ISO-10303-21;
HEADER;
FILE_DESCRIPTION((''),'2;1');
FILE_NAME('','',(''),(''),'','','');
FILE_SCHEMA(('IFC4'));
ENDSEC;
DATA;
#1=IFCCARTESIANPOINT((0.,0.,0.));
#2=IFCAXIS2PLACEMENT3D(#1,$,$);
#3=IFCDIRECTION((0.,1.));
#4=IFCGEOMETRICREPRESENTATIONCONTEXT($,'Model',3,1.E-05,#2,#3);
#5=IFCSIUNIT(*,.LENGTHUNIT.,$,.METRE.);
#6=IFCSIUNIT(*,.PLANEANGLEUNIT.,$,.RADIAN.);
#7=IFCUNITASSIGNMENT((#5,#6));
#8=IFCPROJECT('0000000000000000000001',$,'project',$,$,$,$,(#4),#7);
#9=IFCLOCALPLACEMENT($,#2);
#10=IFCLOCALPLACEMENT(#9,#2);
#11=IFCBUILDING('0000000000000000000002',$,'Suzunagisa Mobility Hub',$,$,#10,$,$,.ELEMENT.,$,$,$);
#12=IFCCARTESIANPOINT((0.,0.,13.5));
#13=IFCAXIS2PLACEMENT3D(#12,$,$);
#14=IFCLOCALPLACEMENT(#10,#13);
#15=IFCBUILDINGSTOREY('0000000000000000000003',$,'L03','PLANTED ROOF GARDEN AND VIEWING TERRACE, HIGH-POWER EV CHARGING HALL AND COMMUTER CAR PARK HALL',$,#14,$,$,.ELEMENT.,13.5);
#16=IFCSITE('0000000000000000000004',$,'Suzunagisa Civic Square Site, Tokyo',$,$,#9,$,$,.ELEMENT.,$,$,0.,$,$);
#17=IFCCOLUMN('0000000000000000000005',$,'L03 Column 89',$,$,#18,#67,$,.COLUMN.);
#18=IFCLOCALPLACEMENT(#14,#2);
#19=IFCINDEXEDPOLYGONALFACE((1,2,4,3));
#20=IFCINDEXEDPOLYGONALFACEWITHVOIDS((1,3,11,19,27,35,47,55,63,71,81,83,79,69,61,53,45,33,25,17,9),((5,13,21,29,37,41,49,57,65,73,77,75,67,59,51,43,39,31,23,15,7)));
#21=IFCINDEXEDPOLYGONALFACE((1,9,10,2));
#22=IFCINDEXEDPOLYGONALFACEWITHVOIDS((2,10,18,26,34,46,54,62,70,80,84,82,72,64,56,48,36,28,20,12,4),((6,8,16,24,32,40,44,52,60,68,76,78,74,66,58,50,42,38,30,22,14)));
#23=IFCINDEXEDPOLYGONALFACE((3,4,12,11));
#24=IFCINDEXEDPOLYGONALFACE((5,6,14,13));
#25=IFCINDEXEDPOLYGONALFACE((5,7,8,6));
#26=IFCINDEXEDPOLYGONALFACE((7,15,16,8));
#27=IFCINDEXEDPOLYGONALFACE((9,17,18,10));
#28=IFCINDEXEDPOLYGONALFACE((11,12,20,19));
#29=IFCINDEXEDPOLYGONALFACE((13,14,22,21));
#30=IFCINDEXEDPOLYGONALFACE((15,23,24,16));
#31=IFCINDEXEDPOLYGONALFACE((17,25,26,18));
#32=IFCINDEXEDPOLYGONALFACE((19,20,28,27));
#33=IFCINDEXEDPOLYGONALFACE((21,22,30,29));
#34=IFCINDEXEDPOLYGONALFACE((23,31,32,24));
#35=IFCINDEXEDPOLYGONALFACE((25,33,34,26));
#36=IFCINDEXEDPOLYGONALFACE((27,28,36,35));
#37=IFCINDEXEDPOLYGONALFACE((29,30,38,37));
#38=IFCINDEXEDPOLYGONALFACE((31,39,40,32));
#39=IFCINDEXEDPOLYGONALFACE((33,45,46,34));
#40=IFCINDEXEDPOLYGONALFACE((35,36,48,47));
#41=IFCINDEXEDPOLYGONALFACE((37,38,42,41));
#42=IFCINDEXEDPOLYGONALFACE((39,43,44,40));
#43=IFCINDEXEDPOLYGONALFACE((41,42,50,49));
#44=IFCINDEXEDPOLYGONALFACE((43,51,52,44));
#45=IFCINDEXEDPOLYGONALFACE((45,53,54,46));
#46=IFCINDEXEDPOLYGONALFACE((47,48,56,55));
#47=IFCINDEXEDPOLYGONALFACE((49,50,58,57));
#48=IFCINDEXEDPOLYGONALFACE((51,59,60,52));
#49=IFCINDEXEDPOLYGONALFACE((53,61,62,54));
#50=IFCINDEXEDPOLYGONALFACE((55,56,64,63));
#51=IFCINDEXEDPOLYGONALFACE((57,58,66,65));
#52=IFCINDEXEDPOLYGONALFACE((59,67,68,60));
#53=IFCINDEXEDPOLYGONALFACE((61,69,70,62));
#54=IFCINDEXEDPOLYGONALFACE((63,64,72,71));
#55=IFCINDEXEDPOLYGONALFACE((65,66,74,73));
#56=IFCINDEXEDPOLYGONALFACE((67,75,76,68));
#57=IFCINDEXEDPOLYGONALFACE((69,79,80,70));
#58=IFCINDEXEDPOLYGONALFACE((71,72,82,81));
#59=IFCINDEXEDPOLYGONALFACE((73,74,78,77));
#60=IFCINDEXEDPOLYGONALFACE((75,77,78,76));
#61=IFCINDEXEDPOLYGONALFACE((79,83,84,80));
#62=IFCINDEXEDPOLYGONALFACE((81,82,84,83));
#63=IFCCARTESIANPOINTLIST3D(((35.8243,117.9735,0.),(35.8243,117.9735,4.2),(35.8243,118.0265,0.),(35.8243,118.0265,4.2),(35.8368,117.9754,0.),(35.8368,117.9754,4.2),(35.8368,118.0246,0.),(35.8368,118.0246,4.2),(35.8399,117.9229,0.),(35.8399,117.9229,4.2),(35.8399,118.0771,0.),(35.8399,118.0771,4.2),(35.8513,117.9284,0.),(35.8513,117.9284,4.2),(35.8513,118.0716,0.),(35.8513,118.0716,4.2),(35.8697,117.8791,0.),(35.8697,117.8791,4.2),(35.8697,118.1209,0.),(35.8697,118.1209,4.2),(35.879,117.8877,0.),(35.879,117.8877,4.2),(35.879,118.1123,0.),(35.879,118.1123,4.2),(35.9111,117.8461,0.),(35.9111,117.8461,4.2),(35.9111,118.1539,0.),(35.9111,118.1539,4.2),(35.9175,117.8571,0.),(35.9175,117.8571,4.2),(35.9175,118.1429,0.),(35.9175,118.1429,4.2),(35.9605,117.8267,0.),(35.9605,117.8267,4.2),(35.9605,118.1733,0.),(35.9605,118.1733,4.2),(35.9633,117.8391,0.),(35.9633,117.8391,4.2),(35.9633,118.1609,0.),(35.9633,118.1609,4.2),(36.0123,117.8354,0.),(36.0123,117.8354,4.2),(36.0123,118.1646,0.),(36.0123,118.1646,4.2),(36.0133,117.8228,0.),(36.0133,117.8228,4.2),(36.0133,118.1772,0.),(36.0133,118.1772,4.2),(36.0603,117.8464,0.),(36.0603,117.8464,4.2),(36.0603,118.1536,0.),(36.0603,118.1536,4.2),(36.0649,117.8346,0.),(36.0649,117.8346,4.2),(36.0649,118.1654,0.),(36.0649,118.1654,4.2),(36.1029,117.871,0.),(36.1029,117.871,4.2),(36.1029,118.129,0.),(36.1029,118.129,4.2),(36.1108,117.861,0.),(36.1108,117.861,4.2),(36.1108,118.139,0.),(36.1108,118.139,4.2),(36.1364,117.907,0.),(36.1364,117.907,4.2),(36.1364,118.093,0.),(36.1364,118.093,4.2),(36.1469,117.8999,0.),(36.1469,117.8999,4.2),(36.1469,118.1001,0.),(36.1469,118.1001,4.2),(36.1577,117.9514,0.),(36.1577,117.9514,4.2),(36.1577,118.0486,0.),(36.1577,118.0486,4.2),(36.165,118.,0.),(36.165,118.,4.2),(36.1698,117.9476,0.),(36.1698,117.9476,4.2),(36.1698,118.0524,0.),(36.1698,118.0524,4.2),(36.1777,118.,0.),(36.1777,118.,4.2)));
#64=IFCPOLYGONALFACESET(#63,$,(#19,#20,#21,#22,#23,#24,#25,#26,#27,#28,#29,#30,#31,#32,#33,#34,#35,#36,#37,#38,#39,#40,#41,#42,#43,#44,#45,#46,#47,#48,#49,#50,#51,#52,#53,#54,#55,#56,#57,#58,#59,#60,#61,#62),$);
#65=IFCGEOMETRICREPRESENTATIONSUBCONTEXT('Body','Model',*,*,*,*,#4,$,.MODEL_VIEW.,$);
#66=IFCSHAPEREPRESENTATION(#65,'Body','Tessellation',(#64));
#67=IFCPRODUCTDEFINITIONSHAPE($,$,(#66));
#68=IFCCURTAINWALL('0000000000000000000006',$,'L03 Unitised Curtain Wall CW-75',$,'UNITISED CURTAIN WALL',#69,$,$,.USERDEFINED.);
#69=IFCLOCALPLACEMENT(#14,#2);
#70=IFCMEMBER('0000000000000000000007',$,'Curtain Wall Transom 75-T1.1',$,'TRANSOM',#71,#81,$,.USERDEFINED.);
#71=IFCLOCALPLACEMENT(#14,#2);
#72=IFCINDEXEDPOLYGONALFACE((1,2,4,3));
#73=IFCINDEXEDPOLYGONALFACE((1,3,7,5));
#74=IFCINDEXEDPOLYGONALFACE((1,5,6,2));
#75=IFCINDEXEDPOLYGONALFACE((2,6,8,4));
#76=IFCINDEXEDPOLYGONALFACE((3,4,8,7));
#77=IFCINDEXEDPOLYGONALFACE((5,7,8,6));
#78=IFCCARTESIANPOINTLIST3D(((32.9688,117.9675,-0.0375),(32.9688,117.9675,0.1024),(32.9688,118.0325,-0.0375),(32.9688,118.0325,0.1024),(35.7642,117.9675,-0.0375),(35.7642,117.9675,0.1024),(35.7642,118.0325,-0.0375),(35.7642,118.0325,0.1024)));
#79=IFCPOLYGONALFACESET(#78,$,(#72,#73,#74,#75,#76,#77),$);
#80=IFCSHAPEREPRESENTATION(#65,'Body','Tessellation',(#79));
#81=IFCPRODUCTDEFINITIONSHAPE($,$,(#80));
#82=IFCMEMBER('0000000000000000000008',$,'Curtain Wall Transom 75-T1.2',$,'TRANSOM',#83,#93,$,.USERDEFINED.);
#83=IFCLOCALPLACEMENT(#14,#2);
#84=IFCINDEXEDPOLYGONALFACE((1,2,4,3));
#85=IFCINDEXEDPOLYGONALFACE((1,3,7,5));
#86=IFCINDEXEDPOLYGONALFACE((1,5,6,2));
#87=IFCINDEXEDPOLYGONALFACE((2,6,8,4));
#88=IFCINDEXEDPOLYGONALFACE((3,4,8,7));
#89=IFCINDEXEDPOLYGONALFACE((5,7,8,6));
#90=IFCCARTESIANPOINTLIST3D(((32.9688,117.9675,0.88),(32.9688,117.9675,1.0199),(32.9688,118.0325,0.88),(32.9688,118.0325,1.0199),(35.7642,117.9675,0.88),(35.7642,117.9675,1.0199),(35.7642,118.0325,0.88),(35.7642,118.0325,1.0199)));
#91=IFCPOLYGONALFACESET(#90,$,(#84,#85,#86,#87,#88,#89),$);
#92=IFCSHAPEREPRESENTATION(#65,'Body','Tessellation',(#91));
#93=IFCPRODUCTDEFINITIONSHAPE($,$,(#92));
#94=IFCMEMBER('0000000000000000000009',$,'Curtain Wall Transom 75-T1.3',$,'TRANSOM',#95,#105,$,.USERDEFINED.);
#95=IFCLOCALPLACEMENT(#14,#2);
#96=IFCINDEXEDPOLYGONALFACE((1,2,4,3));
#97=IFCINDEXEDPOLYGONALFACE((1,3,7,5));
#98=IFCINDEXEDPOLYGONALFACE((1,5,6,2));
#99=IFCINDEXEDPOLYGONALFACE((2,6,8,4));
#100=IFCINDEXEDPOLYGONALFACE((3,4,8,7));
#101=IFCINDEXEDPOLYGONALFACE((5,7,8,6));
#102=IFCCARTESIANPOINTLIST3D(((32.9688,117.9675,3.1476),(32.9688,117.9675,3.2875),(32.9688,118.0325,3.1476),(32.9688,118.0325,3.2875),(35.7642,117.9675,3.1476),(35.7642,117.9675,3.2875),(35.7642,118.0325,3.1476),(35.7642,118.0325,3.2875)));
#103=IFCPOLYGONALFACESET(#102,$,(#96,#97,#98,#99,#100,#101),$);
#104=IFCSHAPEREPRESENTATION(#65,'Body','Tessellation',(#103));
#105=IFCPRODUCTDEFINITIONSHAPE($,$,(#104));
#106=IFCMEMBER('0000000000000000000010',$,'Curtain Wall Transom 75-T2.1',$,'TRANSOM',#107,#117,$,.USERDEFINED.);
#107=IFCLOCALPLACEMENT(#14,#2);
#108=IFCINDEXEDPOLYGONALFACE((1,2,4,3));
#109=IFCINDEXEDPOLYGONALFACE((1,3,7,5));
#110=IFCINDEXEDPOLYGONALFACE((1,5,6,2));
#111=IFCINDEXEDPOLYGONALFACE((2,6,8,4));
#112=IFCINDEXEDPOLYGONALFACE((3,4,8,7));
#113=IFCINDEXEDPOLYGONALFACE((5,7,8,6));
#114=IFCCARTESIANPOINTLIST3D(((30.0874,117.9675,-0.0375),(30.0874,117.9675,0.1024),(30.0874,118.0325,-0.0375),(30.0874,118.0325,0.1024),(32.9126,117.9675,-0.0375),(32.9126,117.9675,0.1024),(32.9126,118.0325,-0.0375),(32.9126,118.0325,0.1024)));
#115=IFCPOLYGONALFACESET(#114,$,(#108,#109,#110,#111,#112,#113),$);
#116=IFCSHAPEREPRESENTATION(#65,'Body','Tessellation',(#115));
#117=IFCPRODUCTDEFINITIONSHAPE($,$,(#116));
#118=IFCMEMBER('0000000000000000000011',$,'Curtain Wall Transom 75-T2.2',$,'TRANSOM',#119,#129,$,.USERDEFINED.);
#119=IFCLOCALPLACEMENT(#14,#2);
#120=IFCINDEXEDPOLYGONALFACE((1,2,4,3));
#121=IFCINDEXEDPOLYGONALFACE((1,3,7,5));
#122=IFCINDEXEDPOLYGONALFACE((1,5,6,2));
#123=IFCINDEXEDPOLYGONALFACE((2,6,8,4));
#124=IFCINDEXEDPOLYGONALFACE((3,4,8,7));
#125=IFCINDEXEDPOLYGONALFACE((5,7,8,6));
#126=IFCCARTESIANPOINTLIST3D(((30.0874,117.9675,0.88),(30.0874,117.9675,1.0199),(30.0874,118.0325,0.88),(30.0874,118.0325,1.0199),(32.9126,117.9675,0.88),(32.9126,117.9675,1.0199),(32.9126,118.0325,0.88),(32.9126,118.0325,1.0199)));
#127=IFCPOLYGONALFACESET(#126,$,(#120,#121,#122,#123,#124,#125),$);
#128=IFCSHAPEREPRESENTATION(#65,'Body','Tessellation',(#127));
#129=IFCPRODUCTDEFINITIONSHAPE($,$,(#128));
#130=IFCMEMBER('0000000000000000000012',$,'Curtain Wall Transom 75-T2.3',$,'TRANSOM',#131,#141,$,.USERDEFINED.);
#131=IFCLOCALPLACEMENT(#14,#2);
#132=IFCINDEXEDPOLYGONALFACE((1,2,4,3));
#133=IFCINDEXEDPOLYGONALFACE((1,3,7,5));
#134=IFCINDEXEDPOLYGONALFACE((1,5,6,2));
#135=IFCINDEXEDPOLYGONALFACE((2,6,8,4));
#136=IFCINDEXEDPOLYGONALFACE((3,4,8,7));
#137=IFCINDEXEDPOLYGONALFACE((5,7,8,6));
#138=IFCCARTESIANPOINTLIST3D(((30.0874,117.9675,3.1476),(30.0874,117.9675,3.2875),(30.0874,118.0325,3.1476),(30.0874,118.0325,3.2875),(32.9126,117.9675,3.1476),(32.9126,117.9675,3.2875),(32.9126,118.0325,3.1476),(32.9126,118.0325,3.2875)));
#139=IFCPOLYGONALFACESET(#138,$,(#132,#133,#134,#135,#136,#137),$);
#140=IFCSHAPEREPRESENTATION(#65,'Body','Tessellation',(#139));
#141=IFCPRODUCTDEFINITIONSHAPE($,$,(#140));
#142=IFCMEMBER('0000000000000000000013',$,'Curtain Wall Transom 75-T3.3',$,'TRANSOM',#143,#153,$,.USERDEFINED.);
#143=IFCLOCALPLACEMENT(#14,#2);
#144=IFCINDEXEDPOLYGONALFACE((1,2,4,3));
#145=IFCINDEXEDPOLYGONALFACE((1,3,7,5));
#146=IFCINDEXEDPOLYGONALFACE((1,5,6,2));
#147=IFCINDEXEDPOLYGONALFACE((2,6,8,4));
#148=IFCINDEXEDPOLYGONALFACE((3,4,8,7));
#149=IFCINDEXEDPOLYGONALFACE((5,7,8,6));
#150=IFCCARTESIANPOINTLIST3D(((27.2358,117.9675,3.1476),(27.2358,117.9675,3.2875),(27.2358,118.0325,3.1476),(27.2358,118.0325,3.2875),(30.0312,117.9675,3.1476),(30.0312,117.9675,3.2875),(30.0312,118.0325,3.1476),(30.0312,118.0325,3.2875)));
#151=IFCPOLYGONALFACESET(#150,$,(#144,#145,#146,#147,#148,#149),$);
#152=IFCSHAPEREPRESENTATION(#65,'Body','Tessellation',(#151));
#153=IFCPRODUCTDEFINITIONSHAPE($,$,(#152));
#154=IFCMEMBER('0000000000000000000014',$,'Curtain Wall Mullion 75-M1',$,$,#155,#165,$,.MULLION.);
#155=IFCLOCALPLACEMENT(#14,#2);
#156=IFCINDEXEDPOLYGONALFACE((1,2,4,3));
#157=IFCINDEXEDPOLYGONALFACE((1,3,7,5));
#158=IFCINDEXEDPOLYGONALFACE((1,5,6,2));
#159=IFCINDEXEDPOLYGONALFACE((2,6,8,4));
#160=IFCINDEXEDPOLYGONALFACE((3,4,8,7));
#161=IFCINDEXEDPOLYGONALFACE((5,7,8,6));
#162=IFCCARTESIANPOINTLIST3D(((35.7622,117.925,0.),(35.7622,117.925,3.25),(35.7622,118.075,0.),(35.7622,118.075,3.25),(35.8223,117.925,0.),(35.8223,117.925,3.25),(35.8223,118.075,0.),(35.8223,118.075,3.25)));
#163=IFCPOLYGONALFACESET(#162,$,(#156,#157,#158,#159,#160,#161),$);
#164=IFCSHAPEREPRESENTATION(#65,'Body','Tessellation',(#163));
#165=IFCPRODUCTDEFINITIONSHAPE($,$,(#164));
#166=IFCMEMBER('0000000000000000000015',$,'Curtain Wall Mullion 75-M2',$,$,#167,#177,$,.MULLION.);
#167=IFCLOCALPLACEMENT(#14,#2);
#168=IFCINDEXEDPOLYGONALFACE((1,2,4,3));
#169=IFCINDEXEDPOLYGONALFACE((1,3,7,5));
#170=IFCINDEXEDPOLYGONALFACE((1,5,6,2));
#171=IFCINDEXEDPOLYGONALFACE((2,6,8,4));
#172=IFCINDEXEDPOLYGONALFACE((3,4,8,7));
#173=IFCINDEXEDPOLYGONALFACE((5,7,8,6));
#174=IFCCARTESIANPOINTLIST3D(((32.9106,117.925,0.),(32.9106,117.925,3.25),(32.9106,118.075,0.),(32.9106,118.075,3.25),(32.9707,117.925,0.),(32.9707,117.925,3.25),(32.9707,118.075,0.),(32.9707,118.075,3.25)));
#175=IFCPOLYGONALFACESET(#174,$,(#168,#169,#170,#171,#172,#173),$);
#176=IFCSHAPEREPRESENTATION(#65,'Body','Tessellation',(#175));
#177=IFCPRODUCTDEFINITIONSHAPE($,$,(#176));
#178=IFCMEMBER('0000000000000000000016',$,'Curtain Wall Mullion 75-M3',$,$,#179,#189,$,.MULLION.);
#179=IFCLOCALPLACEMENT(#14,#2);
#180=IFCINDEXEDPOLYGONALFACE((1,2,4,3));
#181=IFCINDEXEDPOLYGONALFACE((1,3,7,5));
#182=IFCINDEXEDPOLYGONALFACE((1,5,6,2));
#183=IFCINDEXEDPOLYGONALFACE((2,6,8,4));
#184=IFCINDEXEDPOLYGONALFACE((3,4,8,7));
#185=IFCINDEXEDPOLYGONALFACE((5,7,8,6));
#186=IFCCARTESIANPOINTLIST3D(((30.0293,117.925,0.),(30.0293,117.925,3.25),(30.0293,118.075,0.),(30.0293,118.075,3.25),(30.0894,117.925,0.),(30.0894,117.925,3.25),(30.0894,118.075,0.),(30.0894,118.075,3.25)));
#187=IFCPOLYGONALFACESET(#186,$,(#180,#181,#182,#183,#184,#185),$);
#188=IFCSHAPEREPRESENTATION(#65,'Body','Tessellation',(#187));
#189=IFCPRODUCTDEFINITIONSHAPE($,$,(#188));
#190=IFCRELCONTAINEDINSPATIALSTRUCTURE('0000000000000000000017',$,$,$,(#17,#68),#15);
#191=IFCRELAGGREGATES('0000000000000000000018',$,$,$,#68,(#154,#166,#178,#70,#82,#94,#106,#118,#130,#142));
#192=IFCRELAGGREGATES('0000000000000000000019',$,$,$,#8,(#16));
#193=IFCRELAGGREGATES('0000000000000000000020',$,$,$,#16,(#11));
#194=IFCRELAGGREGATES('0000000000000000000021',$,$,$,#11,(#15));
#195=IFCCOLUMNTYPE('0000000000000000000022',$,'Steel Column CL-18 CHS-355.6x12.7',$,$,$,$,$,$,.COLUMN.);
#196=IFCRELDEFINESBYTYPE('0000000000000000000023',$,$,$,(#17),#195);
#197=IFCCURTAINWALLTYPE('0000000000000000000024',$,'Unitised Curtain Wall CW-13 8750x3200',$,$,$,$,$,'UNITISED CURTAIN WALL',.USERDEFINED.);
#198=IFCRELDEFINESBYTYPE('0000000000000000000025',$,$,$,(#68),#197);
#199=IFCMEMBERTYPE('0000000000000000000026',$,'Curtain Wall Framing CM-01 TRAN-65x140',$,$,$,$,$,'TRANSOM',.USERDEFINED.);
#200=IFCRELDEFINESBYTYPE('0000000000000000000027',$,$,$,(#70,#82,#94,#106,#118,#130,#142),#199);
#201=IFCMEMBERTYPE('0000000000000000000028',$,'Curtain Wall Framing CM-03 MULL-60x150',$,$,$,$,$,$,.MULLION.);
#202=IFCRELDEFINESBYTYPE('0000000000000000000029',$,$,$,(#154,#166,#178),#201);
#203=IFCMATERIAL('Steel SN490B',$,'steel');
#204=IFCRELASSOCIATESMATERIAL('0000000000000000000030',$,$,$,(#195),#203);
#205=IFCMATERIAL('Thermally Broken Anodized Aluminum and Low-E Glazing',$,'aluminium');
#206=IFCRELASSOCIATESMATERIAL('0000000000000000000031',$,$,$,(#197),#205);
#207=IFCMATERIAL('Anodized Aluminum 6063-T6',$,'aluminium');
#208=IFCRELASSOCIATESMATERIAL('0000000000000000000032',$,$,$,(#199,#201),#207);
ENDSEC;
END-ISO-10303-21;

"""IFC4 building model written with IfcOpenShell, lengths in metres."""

from ifc_helpers import new_model, si_unit, direction, frame, origin, origin_2d, place, context, subcontext, project, spatial, rectangle, hollow_circle, extrude, material, material_profile, profile_set, type_object, element, aggregate, save


model = new_model("IFC4")

# Units and contexts
model_context = context("Model", 3, precision=1e-05, world=origin(), true_north=direction((0.0, 1.0)))
body_context = subcontext(model_context, "Body", "Model", "MODEL_VIEW")
ifc_project = project(units=[si_unit("LENGTHUNIT", "METRE"), si_unit("PLANEANGLEUNIT", "RADIAN")], contexts=[model_context])

# Site, building, storey
site_placement = place(None, origin())
site = spatial("IfcSite", under=ifc_project, at=site_placement, Name="Suzunagisa Civic Square Site, Tokyo", CompositionType="ELEMENT", RefElevation=0.0)
building_placement = place(site_placement, origin())
building = spatial("IfcBuilding", under=site, at=building_placement, Name="Suzunagisa Mobility Hub", CompositionType="ELEMENT")
storey_placement = place(building_placement, frame((0.0, 0.0, 13.5)))
storey = spatial("IfcBuildingStorey", under=building, at=storey_placement, Name="L03", Description="PLANTED ROOF GARDEN AND VIEWING TERRACE, HIGH-POWER EV CHARGING HALL AND COMMUTER CAR PARK HALL", CompositionType="ELEMENT", Elevation=13.5)

# Column
ifc_material_1 = material(Name="Steel SN490B", Category="steel")
ifc_material_profile_1 = material_profile(ifc_material_1, hollow_circle(Radius=0.1777, WallThickness=0.0127, at=origin_2d()), Name="CHS-355.6x12.7")
ifc_profile_set_1 = profile_set([ifc_material_profile_1], Name="Steel SN490B")
column_type = type_object("IfcColumnType", Name="Steel Column CL-18 CHS-355.6x12.7", PredefinedType="COLUMN", material=ifc_profile_set_1)
column_placement = place(storey_placement, frame((36.0, 118.0, 0.0), z_axis=(0.0, 0.0, 1.0), x_axis=(1.0, 0.0, 0.0)))
element("IfcColumn", 1, at=column_placement, inside=storey, type_object=column_type, Name="L03 Column 89", PredefinedType="COLUMN", context=body_context, shape_type="SweptSolid", body=[
    extrude(hollow_circle(Radius=0.1777, WallThickness=0.0127, at=origin_2d()), origin(), (0.0, 0.0, 1.0), 4.2),
])

# Curtain wall, members
ifc_material_2 = material(Name="Thermally Broken Anodized Aluminum and Low-E Glazing", Category="aluminium")
curtain_wall_type = type_object("IfcCurtainWallType", Name="Unitised Curtain Wall CW-13 8750x3200", ElementType="UNITISED CURTAIN WALL", PredefinedType="USERDEFINED", material=ifc_material_2)
curtain_wall_placement = place(storey_placement, origin())
curtain_wall = element("IfcCurtainWall", 2, at=curtain_wall_placement, inside=storey, type_object=curtain_wall_type, Name="L03 Unitised Curtain Wall CW-75", ObjectType="UNITISED CURTAIN WALL", PredefinedType="USERDEFINED")
ifc_material_3 = material(Name="Anodized Aluminum 6063-T6", Category="aluminium")
ifc_material_profile_2 = material_profile(ifc_material_3, rectangle(XDim=0.0649, YDim=0.1399, at=origin_2d()), Name="TRAN-65x140")
ifc_profile_set_2 = profile_set([ifc_material_profile_2], Name="Anodized Aluminum 6063-T6")
member_type_1 = type_object("IfcMemberType", Name="Curtain Wall Framing CM-01 TRAN-65x140", ElementType="TRANSOM", PredefinedType="USERDEFINED", material=ifc_profile_set_2)
member_1_placement = place(storey_placement, frame((35.7642, 118.0, 0.0325), z_axis=(-1.0, 0.0, 0.0), x_axis=(0.0, -1.0, 0.0)))
member_1 = element("IfcMember", 3, at=member_1_placement, type_object=member_type_1, Name="Curtain Wall Transom 75-T1.1", ObjectType="TRANSOM", PredefinedType="USERDEFINED", context=body_context, shape_type="SweptSolid", body=[
    extrude(rectangle(XDim=0.0649, YDim=0.1399, at=origin_2d()), origin(), (0.0, 0.0, 1.0), 2.7954),
])
member_2_placement = place(storey_placement, frame((35.7642, 118.0, 0.95), z_axis=(-1.0, 0.0, 0.0), x_axis=(0.0, -1.0, 0.0)))
member_2 = element("IfcMember", 4, at=member_2_placement, type_object=member_type_1, Name="Curtain Wall Transom 75-T1.2", ObjectType="TRANSOM", PredefinedType="USERDEFINED", context=body_context, shape_type="SweptSolid", body=[
    extrude(rectangle(XDim=0.0649, YDim=0.1399, at=origin_2d()), origin(), (0.0, 0.0, 1.0), 2.7954),
])
member_3_placement = place(storey_placement, frame((35.7642, 118.0, 3.2175), z_axis=(-1.0, 0.0, 0.0), x_axis=(0.0, -1.0, 0.0)))
member_3 = element("IfcMember", 5, at=member_3_placement, type_object=member_type_1, Name="Curtain Wall Transom 75-T1.3", ObjectType="TRANSOM", PredefinedType="USERDEFINED", context=body_context, shape_type="SweptSolid", body=[
    extrude(rectangle(XDim=0.0649, YDim=0.1399, at=origin_2d()), origin(), (0.0, 0.0, 1.0), 2.7954),
])
member_4_placement = place(storey_placement, frame((32.9126, 118.0, 0.0325), z_axis=(-1.0, 0.0, 0.0), x_axis=(0.0, -1.0, 0.0)))
member_4 = element("IfcMember", 6, at=member_4_placement, type_object=member_type_1, Name="Curtain Wall Transom 75-T2.1", ObjectType="TRANSOM", PredefinedType="USERDEFINED", context=body_context, shape_type="SweptSolid", body=[
    extrude(rectangle(XDim=0.0649, YDim=0.1399, at=origin_2d()), origin(), (0.0, 0.0, 1.0), 2.8252),
])
member_5_placement = place(storey_placement, frame((32.9126, 118.0, 0.95), z_axis=(-1.0, 0.0, 0.0), x_axis=(0.0, -1.0, 0.0)))
member_5 = element("IfcMember", 7, at=member_5_placement, type_object=member_type_1, Name="Curtain Wall Transom 75-T2.2", ObjectType="TRANSOM", PredefinedType="USERDEFINED", context=body_context, shape_type="SweptSolid", body=[
    extrude(rectangle(XDim=0.0649, YDim=0.1399, at=origin_2d()), origin(), (0.0, 0.0, 1.0), 2.8252),
])
member_6_placement = place(storey_placement, frame((32.9126, 118.0, 3.2175), z_axis=(-1.0, 0.0, 0.0), x_axis=(0.0, -1.0, 0.0)))
member_6 = element("IfcMember", 8, at=member_6_placement, type_object=member_type_1, Name="Curtain Wall Transom 75-T2.3", ObjectType="TRANSOM", PredefinedType="USERDEFINED", context=body_context, shape_type="SweptSolid", body=[
    extrude(rectangle(XDim=0.0649, YDim=0.1399, at=origin_2d()), origin(), (0.0, 0.0, 1.0), 2.8252),
])
member_7_placement = place(storey_placement, frame((30.0312, 118.0, 3.2175), z_axis=(-1.0, 0.0, 0.0), x_axis=(0.0, -1.0, 0.0)))
member_7 = element("IfcMember", 9, at=member_7_placement, type_object=member_type_1, Name="Curtain Wall Transom 75-T3.3", ObjectType="TRANSOM", PredefinedType="USERDEFINED", context=body_context, shape_type="SweptSolid", body=[
    extrude(rectangle(XDim=0.0649, YDim=0.1399, at=origin_2d()), origin(), (0.0, 0.0, 1.0), 2.7954),
])
ifc_material_profile_3 = material_profile(ifc_material_3, rectangle(XDim=0.0601, YDim=0.1499, at=origin_2d()), Name="MULL-60x150")
ifc_profile_set_3 = profile_set([ifc_material_profile_3], Name="Anodized Aluminum 6063-T6")
member_type_2 = type_object("IfcMemberType", Name="Curtain Wall Framing CM-03 MULL-60x150", PredefinedType="MULLION", material=ifc_profile_set_3)
member_8_placement = place(storey_placement, frame((35.7922, 118.0, 0.0), z_axis=(0.0, 0.0, 1.0), x_axis=(-1.0, 0.0, 0.0)))
member_8 = element("IfcMember", 10, at=member_8_placement, type_object=member_type_2, Name="Curtain Wall Mullion 75-M1", PredefinedType="MULLION", context=body_context, shape_type="SweptSolid", body=[
    extrude(rectangle(XDim=0.0601, YDim=0.1499, at=origin_2d()), origin(), (0.0, 0.0, 1.0), 3.25),
])
member_9_placement = place(storey_placement, frame((32.9407, 118.0, 0.0), z_axis=(0.0, 0.0, 1.0), x_axis=(-1.0, 0.0, 0.0)))
member_9 = element("IfcMember", 11, at=member_9_placement, type_object=member_type_2, Name="Curtain Wall Mullion 75-M2", PredefinedType="MULLION", context=body_context, shape_type="SweptSolid", body=[
    extrude(rectangle(XDim=0.0601, YDim=0.1499, at=origin_2d()), origin(), (0.0, 0.0, 1.0), 3.25),
])
member_10_placement = place(storey_placement, frame((30.0593, 118.0, 0.0), z_axis=(0.0, 0.0, 1.0), x_axis=(-1.0, 0.0, 0.0)))
member_10 = element("IfcMember", 12, at=member_10_placement, type_object=member_type_2, Name="Curtain Wall Mullion 75-M3", PredefinedType="MULLION", context=body_context, shape_type="SweptSolid", body=[
    extrude(rectangle(XDim=0.0601, YDim=0.1499, at=origin_2d()), origin(), (0.0, 0.0, 1.0), 3.25),
])

aggregate(curtain_wall, [member_8, member_9, member_10, member_1, member_2, member_3, member_4, member_5, member_6, member_7])

save(model, "model.ifc")
